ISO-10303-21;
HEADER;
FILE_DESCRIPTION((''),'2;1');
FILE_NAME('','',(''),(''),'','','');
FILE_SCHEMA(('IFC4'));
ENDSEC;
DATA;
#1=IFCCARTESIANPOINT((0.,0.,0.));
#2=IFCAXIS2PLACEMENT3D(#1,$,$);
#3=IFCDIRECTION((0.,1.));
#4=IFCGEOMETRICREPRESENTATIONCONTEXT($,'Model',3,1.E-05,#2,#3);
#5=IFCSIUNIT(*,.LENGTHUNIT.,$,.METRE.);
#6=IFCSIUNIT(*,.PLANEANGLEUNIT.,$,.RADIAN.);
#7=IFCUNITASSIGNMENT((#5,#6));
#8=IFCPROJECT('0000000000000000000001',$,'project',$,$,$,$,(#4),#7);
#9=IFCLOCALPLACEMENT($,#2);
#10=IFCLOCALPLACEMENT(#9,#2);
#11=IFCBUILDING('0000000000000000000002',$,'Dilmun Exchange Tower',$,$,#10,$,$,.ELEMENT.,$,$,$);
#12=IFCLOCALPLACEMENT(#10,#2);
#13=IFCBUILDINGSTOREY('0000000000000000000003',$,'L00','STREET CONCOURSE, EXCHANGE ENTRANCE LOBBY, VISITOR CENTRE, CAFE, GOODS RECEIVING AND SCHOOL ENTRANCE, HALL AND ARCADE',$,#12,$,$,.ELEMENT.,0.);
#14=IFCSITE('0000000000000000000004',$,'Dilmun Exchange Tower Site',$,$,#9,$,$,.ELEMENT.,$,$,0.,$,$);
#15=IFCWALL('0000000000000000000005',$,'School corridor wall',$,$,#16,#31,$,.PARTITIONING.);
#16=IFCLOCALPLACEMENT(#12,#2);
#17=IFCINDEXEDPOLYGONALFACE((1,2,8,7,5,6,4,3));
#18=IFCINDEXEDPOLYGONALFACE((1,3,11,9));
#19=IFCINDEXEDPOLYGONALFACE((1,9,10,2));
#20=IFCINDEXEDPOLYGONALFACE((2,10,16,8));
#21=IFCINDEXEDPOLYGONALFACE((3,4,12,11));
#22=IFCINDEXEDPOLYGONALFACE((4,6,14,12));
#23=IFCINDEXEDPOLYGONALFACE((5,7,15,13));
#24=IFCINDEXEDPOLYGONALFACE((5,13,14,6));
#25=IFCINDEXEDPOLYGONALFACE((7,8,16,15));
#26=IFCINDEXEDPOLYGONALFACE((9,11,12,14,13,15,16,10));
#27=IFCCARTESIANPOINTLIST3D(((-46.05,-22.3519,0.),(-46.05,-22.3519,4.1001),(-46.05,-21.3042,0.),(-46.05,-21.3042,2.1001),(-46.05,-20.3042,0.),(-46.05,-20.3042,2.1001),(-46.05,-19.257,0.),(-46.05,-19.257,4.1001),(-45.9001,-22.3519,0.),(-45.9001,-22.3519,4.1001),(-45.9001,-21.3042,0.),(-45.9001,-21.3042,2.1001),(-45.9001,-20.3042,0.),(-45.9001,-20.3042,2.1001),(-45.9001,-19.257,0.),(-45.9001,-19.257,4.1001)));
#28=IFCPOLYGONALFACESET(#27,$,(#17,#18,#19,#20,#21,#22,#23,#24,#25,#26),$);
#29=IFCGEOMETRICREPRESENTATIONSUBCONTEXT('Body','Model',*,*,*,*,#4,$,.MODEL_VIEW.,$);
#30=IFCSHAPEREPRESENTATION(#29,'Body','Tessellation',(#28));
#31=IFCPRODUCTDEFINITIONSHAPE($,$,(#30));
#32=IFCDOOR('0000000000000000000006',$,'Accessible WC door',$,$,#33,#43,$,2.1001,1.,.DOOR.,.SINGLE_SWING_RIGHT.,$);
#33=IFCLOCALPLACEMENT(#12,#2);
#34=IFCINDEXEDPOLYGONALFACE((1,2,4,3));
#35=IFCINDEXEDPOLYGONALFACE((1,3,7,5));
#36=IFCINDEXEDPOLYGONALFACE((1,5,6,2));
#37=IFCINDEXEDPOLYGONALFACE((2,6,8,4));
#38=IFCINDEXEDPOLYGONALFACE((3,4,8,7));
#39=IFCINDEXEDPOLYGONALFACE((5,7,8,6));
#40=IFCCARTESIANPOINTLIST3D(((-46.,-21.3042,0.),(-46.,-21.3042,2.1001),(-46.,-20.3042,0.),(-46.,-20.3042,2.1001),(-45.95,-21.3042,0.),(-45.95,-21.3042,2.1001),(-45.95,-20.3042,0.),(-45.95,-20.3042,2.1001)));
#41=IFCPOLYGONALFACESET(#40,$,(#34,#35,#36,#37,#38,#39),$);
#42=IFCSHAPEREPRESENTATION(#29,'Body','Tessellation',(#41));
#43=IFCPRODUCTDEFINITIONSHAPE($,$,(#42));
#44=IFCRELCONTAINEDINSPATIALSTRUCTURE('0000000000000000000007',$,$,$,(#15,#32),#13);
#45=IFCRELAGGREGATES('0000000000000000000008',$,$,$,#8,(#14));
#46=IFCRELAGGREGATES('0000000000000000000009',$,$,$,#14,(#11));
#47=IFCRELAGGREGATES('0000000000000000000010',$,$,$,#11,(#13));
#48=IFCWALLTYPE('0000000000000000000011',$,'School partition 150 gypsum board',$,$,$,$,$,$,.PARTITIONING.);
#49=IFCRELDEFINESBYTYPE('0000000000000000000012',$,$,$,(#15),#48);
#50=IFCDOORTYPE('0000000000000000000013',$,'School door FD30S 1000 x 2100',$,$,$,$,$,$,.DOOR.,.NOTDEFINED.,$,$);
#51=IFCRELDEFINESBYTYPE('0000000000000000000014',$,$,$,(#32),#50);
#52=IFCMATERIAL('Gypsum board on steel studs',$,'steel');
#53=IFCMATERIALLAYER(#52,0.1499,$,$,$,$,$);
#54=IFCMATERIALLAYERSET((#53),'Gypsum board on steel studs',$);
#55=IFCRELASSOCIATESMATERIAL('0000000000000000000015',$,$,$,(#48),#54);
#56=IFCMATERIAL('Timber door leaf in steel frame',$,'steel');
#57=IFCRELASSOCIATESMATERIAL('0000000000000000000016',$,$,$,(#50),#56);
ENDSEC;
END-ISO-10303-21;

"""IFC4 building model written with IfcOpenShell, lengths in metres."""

from ifc_helpers import new_model, si_unit, direction, frame, frame_2d, origin, place, context, subcontext, project, spatial, rectangle, extrude, material, layer, layer_set, type_object, element, fill, save


model = new_model("IFC4")

# Units and contexts
model_context = context("Model", 3, precision=1e-05, world=origin(), true_north=direction((0.0, 1.0)))
body_context = subcontext(model_context, "Body", "Model", "MODEL_VIEW")
ifc_project = project(units=[si_unit("LENGTHUNIT", "METRE"), si_unit("PLANEANGLEUNIT", "RADIAN")], contexts=[model_context])

# Site, building, storey
site_placement = place(None, origin())
site = spatial("IfcSite", under=ifc_project, at=site_placement, Name="Dilmun Exchange Tower Site", CompositionType="ELEMENT", RefElevation=0.0)
building_placement = place(site_placement, origin())
building = spatial("IfcBuilding", under=site, at=building_placement, Name="Dilmun Exchange Tower", CompositionType="ELEMENT")
storey_placement = place(building_placement, origin())
storey = spatial("IfcBuildingStorey", under=building, at=storey_placement, Name="L00", Description="STREET CONCOURSE, EXCHANGE ENTRANCE LOBBY, VISITOR CENTRE, CAFE, GOODS RECEIVING AND SCHOOL ENTRANCE, HALL AND ARCADE", CompositionType="ELEMENT", Elevation=0.0)

# Shared definitions
ifc_material_1 = material(Name="Gypsum board on steel studs", Category="steel")
ifc_layer_1 = layer(ifc_material_1, 0.1499)
ifc_layer_set_1 = layer_set([ifc_layer_1], Name="Gypsum board on steel studs")
wall_type_1 = type_object("IfcWallType", Name="School partition 150 gypsum board", PredefinedType="PARTITIONING", material=ifc_layer_set_1)

# Shared definitions
ifc_material_2 = material(Name="Timber door leaf in steel frame", Category="steel")
door_type_1 = type_object("IfcDoorType", Name="School door FD30S 1000 x 2100", OperationType="NOTDEFINED", PredefinedType="DOOR", material=ifc_material_2)

# Wall, opening, door
wall_1_placement = place(storey_placement, frame((-45.9751, -22.3518, 0.0), z_axis=(0.0, 0.0, 1.0), x_axis=(0.0, 1.0, 0.0)))
wall_1 = element("IfcWall", 1, at=wall_1_placement, inside=storey, type_object=wall_type_1, Name="School corridor wall", PredefinedType="PARTITIONING", context=body_context, shape_type="SweptSolid", body=[
    extrude(rectangle(XDim=3.095, YDim=0.1499, at=frame_2d((1.5474, 0.0))), origin(), (0.0, 0.0, 1.0), 4.1001),
])
opening_1_placement = place(wall_1_placement, frame((1.0476, 0.0, 0.0)))
opening_1 = element("IfcOpeningElement", 2, at=opening_1_placement, cuts=wall_1, PredefinedType="OPENING", context=body_context, shape_type="SweptSolid", body=[
    extrude(rectangle(XDim=1.0, YDim=2.1001, at=frame_2d((0.5, 1.05))), frame((0.0, 0.085, 0.0), z_axis=(0.0, -1.0, 0.0), x_axis=(1.0, 0.0, 0.0)), (0.0, 0.0, 1.0), 0.1699),
])
door_1_placement = place(opening_1_placement, origin())
door_1 = element("IfcDoor", 3, at=door_1_placement, inside=storey, type_object=door_type_1, Name="Accessible WC door", OperationType="SINGLE_SWING_RIGHT", OverallHeight=2.1001, OverallWidth=1.0, PredefinedType="DOOR", context=body_context, shape_type="SweptSolid", body=[
    extrude(rectangle(XDim=1.0, YDim=2.1001, at=frame_2d((0.5, 1.05))), frame((0.0, 0.0249, 0.0), z_axis=(0.0, -1.0, 0.0), x_axis=(1.0, 0.0, 0.0)), (0.0, 0.0, 1.0), 0.05),
])
fill(opening_1, door_1)

save(model, "model.ifc")
